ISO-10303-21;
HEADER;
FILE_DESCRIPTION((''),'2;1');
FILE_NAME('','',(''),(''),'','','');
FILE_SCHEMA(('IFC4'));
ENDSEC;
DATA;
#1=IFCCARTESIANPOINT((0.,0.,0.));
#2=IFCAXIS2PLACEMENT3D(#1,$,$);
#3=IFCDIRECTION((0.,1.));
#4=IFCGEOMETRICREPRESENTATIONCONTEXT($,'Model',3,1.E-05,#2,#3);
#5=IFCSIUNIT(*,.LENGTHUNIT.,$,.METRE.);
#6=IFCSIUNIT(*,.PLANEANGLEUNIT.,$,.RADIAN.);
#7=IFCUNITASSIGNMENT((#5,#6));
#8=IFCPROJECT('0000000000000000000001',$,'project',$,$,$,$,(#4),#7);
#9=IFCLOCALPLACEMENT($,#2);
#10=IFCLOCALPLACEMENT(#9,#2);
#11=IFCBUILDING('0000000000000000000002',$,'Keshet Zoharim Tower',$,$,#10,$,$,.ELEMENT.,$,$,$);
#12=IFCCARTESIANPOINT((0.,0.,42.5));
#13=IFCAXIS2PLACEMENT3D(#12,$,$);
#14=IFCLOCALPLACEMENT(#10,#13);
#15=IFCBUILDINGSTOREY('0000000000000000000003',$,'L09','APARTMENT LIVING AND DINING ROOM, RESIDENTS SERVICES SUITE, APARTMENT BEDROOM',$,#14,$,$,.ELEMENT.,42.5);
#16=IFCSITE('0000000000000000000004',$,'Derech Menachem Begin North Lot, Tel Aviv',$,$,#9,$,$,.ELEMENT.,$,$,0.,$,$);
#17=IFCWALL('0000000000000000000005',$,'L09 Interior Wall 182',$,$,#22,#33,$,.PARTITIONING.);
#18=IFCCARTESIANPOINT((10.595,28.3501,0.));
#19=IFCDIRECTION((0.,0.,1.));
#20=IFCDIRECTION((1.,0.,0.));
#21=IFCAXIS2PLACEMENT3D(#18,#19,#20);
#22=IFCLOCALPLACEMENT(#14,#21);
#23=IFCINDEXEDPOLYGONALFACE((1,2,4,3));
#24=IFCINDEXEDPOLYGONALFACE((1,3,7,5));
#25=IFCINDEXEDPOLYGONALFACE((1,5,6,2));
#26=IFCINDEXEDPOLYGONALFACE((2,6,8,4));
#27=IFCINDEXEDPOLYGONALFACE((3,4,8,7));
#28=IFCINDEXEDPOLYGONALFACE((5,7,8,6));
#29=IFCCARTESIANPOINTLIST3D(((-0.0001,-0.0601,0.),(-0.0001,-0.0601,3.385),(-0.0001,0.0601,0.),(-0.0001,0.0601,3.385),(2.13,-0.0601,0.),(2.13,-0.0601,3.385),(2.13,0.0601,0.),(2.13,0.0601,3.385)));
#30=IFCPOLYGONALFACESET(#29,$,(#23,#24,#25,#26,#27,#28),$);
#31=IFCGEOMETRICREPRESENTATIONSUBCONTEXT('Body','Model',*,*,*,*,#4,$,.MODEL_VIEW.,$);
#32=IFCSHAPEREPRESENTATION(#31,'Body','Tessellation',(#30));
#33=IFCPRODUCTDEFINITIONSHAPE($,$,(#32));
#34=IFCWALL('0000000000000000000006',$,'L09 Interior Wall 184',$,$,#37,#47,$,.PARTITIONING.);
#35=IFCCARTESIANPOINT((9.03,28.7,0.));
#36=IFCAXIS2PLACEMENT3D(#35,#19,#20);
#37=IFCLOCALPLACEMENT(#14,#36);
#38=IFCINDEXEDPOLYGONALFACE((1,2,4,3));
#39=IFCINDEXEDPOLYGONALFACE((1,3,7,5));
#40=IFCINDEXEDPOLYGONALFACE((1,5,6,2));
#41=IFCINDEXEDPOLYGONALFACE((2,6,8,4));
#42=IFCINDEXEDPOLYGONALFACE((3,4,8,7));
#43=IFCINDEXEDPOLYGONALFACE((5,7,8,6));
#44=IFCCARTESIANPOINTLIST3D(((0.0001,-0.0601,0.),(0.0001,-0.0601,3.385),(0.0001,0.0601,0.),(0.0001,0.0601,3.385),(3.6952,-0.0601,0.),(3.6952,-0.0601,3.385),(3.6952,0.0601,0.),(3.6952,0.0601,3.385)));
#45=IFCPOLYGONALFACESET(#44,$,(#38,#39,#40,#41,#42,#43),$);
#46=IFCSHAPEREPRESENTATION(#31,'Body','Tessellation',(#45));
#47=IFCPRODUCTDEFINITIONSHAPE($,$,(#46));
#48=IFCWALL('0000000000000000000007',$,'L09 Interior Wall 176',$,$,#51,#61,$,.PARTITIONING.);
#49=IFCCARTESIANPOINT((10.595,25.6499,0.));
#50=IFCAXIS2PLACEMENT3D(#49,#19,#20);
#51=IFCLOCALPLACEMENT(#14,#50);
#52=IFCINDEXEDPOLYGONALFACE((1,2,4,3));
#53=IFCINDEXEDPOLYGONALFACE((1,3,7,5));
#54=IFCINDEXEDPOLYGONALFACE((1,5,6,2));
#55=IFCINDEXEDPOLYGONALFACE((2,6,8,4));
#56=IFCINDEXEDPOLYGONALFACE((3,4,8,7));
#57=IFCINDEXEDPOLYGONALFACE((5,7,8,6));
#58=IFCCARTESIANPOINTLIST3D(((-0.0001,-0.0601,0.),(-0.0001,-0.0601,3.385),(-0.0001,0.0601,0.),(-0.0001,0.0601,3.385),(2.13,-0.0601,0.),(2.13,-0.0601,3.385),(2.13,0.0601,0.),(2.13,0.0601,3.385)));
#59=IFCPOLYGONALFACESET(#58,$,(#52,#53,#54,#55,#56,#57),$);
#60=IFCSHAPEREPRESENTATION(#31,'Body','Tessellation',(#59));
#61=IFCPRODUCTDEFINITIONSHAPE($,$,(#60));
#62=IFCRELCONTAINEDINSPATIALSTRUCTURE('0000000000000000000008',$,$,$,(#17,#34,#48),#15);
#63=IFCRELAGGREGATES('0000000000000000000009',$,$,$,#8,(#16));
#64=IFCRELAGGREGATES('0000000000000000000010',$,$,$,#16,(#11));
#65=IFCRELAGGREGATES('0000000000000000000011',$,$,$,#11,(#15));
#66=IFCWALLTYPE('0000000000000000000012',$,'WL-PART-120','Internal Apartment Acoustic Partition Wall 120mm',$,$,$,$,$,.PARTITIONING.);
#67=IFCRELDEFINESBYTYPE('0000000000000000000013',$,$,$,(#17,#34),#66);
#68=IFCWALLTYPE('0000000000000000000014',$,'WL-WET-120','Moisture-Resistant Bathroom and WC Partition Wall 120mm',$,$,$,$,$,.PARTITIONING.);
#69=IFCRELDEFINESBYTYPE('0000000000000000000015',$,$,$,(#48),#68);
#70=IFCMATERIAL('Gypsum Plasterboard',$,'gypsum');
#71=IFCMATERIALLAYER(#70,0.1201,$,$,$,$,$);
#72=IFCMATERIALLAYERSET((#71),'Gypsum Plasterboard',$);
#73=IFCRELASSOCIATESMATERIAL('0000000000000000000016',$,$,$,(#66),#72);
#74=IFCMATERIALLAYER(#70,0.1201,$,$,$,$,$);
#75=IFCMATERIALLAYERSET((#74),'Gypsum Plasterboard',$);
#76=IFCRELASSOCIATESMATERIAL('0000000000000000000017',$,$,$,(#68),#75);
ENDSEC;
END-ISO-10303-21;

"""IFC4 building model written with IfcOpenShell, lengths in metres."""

from ifc_helpers import new_model, si_unit, direction, frame, frame_2d, origin, place, context, subcontext, project, spatial, rectangle, extrude, material, layer, layer_set, type_object, element, save


model = new_model("IFC4")

# Units and contexts
model_context = context("Model", 3, precision=1e-05, world=origin(), true_north=direction((0.0, 1.0)))
body_context = subcontext(model_context, "Body", "Model", "MODEL_VIEW")
ifc_project = project(units=[si_unit("LENGTHUNIT", "METRE"), si_unit("PLANEANGLEUNIT", "RADIAN")], contexts=[model_context])

# Site, building, storey
site_placement = place(None, origin())
site = spatial("IfcSite", under=ifc_project, at=site_placement, Name="Derech Menachem Begin North Lot, Tel Aviv", CompositionType="ELEMENT", RefElevation=0.0)
building_placement = place(site_placement, origin())
building = spatial("IfcBuilding", under=site, at=building_placement, Name="Keshet Zoharim Tower", CompositionType="ELEMENT")
storey_placement = place(building_placement, frame((0.0, 0.0, 42.5)))
storey = spatial("IfcBuildingStorey", under=building, at=storey_placement, Name="L09", Description="APARTMENT LIVING AND DINING ROOM, RESIDENTS SERVICES SUITE, APARTMENT BEDROOM", CompositionType="ELEMENT", Elevation=42.5)

# Shared definitions
ifc_material_1 = material(Name="Gypsum Plasterboard", Category="gypsum")
ifc_layer_1 = layer(ifc_material_1, 0.1201)
ifc_layer_set_1 = layer_set([ifc_layer_1], Name="Gypsum Plasterboard")
wall_type_1 = type_object("IfcWallType", Name="WL-PART-120", Description="Internal Apartment Acoustic Partition Wall 120mm", PredefinedType="PARTITIONING", material=ifc_layer_set_1)

# Walls
wall_1_placement = place(storey_placement, frame((10.595, 28.3501, 0.0), z_axis=(0.0, 0.0, 1.0), x_axis=(1.0, 0.0, 0.0)))
element("IfcWall", 1, at=wall_1_placement, inside=storey, type_object=wall_type_1, Name="L09 Interior Wall 182", PredefinedType="PARTITIONING", context=body_context, shape_type="SweptSolid", body=[
    extrude(rectangle(XDim=2.1301, YDim=0.1201, at=frame_2d((1.0649, 0.0))), origin(), (0.0, 0.0, 1.0), 3.385),
])
wall_2_placement = place(storey_placement, frame((9.03, 28.7, 0.0), z_axis=(0.0, 0.0, 1.0), x_axis=(1.0, 0.0, 0.0)))
element("IfcWall", 2, at=wall_2_placement, inside=storey, type_object=wall_type_1, Name="L09 Interior Wall 184", PredefinedType="PARTITIONING", context=body_context, shape_type="SweptSolid", body=[
    extrude(rectangle(XDim=3.6951, YDim=0.1201, at=frame_2d((1.8477, 0.0))), origin(), (0.0, 0.0, 1.0), 3.385),
])

# Wall
ifc_layer_2 = layer(ifc_material_1, 0.1201)
ifc_layer_set_2 = layer_set([ifc_layer_2], Name="Gypsum Plasterboard")
wall_type_2 = type_object("IfcWallType", Name="WL-WET-120", Description="Moisture-Resistant Bathroom and WC Partition Wall 120mm", PredefinedType="PARTITIONING", material=ifc_layer_set_2)
wall_3_placement = place(storey_placement, frame((10.595, 25.6499, 0.0), z_axis=(0.0, 0.0, 1.0), x_axis=(1.0, 0.0, 0.0)))
element("IfcWall", 3, at=wall_3_placement, inside=storey, type_object=wall_type_2, Name="L09 Interior Wall 176", PredefinedType="PARTITIONING", context=body_context, shape_type="SweptSolid", body=[
    extrude(rectangle(XDim=2.1301, YDim=0.1201, at=frame_2d((1.0649, 0.0))), origin(), (0.0, 0.0, 1.0), 3.385),
])

save(model, "model.ifc")
